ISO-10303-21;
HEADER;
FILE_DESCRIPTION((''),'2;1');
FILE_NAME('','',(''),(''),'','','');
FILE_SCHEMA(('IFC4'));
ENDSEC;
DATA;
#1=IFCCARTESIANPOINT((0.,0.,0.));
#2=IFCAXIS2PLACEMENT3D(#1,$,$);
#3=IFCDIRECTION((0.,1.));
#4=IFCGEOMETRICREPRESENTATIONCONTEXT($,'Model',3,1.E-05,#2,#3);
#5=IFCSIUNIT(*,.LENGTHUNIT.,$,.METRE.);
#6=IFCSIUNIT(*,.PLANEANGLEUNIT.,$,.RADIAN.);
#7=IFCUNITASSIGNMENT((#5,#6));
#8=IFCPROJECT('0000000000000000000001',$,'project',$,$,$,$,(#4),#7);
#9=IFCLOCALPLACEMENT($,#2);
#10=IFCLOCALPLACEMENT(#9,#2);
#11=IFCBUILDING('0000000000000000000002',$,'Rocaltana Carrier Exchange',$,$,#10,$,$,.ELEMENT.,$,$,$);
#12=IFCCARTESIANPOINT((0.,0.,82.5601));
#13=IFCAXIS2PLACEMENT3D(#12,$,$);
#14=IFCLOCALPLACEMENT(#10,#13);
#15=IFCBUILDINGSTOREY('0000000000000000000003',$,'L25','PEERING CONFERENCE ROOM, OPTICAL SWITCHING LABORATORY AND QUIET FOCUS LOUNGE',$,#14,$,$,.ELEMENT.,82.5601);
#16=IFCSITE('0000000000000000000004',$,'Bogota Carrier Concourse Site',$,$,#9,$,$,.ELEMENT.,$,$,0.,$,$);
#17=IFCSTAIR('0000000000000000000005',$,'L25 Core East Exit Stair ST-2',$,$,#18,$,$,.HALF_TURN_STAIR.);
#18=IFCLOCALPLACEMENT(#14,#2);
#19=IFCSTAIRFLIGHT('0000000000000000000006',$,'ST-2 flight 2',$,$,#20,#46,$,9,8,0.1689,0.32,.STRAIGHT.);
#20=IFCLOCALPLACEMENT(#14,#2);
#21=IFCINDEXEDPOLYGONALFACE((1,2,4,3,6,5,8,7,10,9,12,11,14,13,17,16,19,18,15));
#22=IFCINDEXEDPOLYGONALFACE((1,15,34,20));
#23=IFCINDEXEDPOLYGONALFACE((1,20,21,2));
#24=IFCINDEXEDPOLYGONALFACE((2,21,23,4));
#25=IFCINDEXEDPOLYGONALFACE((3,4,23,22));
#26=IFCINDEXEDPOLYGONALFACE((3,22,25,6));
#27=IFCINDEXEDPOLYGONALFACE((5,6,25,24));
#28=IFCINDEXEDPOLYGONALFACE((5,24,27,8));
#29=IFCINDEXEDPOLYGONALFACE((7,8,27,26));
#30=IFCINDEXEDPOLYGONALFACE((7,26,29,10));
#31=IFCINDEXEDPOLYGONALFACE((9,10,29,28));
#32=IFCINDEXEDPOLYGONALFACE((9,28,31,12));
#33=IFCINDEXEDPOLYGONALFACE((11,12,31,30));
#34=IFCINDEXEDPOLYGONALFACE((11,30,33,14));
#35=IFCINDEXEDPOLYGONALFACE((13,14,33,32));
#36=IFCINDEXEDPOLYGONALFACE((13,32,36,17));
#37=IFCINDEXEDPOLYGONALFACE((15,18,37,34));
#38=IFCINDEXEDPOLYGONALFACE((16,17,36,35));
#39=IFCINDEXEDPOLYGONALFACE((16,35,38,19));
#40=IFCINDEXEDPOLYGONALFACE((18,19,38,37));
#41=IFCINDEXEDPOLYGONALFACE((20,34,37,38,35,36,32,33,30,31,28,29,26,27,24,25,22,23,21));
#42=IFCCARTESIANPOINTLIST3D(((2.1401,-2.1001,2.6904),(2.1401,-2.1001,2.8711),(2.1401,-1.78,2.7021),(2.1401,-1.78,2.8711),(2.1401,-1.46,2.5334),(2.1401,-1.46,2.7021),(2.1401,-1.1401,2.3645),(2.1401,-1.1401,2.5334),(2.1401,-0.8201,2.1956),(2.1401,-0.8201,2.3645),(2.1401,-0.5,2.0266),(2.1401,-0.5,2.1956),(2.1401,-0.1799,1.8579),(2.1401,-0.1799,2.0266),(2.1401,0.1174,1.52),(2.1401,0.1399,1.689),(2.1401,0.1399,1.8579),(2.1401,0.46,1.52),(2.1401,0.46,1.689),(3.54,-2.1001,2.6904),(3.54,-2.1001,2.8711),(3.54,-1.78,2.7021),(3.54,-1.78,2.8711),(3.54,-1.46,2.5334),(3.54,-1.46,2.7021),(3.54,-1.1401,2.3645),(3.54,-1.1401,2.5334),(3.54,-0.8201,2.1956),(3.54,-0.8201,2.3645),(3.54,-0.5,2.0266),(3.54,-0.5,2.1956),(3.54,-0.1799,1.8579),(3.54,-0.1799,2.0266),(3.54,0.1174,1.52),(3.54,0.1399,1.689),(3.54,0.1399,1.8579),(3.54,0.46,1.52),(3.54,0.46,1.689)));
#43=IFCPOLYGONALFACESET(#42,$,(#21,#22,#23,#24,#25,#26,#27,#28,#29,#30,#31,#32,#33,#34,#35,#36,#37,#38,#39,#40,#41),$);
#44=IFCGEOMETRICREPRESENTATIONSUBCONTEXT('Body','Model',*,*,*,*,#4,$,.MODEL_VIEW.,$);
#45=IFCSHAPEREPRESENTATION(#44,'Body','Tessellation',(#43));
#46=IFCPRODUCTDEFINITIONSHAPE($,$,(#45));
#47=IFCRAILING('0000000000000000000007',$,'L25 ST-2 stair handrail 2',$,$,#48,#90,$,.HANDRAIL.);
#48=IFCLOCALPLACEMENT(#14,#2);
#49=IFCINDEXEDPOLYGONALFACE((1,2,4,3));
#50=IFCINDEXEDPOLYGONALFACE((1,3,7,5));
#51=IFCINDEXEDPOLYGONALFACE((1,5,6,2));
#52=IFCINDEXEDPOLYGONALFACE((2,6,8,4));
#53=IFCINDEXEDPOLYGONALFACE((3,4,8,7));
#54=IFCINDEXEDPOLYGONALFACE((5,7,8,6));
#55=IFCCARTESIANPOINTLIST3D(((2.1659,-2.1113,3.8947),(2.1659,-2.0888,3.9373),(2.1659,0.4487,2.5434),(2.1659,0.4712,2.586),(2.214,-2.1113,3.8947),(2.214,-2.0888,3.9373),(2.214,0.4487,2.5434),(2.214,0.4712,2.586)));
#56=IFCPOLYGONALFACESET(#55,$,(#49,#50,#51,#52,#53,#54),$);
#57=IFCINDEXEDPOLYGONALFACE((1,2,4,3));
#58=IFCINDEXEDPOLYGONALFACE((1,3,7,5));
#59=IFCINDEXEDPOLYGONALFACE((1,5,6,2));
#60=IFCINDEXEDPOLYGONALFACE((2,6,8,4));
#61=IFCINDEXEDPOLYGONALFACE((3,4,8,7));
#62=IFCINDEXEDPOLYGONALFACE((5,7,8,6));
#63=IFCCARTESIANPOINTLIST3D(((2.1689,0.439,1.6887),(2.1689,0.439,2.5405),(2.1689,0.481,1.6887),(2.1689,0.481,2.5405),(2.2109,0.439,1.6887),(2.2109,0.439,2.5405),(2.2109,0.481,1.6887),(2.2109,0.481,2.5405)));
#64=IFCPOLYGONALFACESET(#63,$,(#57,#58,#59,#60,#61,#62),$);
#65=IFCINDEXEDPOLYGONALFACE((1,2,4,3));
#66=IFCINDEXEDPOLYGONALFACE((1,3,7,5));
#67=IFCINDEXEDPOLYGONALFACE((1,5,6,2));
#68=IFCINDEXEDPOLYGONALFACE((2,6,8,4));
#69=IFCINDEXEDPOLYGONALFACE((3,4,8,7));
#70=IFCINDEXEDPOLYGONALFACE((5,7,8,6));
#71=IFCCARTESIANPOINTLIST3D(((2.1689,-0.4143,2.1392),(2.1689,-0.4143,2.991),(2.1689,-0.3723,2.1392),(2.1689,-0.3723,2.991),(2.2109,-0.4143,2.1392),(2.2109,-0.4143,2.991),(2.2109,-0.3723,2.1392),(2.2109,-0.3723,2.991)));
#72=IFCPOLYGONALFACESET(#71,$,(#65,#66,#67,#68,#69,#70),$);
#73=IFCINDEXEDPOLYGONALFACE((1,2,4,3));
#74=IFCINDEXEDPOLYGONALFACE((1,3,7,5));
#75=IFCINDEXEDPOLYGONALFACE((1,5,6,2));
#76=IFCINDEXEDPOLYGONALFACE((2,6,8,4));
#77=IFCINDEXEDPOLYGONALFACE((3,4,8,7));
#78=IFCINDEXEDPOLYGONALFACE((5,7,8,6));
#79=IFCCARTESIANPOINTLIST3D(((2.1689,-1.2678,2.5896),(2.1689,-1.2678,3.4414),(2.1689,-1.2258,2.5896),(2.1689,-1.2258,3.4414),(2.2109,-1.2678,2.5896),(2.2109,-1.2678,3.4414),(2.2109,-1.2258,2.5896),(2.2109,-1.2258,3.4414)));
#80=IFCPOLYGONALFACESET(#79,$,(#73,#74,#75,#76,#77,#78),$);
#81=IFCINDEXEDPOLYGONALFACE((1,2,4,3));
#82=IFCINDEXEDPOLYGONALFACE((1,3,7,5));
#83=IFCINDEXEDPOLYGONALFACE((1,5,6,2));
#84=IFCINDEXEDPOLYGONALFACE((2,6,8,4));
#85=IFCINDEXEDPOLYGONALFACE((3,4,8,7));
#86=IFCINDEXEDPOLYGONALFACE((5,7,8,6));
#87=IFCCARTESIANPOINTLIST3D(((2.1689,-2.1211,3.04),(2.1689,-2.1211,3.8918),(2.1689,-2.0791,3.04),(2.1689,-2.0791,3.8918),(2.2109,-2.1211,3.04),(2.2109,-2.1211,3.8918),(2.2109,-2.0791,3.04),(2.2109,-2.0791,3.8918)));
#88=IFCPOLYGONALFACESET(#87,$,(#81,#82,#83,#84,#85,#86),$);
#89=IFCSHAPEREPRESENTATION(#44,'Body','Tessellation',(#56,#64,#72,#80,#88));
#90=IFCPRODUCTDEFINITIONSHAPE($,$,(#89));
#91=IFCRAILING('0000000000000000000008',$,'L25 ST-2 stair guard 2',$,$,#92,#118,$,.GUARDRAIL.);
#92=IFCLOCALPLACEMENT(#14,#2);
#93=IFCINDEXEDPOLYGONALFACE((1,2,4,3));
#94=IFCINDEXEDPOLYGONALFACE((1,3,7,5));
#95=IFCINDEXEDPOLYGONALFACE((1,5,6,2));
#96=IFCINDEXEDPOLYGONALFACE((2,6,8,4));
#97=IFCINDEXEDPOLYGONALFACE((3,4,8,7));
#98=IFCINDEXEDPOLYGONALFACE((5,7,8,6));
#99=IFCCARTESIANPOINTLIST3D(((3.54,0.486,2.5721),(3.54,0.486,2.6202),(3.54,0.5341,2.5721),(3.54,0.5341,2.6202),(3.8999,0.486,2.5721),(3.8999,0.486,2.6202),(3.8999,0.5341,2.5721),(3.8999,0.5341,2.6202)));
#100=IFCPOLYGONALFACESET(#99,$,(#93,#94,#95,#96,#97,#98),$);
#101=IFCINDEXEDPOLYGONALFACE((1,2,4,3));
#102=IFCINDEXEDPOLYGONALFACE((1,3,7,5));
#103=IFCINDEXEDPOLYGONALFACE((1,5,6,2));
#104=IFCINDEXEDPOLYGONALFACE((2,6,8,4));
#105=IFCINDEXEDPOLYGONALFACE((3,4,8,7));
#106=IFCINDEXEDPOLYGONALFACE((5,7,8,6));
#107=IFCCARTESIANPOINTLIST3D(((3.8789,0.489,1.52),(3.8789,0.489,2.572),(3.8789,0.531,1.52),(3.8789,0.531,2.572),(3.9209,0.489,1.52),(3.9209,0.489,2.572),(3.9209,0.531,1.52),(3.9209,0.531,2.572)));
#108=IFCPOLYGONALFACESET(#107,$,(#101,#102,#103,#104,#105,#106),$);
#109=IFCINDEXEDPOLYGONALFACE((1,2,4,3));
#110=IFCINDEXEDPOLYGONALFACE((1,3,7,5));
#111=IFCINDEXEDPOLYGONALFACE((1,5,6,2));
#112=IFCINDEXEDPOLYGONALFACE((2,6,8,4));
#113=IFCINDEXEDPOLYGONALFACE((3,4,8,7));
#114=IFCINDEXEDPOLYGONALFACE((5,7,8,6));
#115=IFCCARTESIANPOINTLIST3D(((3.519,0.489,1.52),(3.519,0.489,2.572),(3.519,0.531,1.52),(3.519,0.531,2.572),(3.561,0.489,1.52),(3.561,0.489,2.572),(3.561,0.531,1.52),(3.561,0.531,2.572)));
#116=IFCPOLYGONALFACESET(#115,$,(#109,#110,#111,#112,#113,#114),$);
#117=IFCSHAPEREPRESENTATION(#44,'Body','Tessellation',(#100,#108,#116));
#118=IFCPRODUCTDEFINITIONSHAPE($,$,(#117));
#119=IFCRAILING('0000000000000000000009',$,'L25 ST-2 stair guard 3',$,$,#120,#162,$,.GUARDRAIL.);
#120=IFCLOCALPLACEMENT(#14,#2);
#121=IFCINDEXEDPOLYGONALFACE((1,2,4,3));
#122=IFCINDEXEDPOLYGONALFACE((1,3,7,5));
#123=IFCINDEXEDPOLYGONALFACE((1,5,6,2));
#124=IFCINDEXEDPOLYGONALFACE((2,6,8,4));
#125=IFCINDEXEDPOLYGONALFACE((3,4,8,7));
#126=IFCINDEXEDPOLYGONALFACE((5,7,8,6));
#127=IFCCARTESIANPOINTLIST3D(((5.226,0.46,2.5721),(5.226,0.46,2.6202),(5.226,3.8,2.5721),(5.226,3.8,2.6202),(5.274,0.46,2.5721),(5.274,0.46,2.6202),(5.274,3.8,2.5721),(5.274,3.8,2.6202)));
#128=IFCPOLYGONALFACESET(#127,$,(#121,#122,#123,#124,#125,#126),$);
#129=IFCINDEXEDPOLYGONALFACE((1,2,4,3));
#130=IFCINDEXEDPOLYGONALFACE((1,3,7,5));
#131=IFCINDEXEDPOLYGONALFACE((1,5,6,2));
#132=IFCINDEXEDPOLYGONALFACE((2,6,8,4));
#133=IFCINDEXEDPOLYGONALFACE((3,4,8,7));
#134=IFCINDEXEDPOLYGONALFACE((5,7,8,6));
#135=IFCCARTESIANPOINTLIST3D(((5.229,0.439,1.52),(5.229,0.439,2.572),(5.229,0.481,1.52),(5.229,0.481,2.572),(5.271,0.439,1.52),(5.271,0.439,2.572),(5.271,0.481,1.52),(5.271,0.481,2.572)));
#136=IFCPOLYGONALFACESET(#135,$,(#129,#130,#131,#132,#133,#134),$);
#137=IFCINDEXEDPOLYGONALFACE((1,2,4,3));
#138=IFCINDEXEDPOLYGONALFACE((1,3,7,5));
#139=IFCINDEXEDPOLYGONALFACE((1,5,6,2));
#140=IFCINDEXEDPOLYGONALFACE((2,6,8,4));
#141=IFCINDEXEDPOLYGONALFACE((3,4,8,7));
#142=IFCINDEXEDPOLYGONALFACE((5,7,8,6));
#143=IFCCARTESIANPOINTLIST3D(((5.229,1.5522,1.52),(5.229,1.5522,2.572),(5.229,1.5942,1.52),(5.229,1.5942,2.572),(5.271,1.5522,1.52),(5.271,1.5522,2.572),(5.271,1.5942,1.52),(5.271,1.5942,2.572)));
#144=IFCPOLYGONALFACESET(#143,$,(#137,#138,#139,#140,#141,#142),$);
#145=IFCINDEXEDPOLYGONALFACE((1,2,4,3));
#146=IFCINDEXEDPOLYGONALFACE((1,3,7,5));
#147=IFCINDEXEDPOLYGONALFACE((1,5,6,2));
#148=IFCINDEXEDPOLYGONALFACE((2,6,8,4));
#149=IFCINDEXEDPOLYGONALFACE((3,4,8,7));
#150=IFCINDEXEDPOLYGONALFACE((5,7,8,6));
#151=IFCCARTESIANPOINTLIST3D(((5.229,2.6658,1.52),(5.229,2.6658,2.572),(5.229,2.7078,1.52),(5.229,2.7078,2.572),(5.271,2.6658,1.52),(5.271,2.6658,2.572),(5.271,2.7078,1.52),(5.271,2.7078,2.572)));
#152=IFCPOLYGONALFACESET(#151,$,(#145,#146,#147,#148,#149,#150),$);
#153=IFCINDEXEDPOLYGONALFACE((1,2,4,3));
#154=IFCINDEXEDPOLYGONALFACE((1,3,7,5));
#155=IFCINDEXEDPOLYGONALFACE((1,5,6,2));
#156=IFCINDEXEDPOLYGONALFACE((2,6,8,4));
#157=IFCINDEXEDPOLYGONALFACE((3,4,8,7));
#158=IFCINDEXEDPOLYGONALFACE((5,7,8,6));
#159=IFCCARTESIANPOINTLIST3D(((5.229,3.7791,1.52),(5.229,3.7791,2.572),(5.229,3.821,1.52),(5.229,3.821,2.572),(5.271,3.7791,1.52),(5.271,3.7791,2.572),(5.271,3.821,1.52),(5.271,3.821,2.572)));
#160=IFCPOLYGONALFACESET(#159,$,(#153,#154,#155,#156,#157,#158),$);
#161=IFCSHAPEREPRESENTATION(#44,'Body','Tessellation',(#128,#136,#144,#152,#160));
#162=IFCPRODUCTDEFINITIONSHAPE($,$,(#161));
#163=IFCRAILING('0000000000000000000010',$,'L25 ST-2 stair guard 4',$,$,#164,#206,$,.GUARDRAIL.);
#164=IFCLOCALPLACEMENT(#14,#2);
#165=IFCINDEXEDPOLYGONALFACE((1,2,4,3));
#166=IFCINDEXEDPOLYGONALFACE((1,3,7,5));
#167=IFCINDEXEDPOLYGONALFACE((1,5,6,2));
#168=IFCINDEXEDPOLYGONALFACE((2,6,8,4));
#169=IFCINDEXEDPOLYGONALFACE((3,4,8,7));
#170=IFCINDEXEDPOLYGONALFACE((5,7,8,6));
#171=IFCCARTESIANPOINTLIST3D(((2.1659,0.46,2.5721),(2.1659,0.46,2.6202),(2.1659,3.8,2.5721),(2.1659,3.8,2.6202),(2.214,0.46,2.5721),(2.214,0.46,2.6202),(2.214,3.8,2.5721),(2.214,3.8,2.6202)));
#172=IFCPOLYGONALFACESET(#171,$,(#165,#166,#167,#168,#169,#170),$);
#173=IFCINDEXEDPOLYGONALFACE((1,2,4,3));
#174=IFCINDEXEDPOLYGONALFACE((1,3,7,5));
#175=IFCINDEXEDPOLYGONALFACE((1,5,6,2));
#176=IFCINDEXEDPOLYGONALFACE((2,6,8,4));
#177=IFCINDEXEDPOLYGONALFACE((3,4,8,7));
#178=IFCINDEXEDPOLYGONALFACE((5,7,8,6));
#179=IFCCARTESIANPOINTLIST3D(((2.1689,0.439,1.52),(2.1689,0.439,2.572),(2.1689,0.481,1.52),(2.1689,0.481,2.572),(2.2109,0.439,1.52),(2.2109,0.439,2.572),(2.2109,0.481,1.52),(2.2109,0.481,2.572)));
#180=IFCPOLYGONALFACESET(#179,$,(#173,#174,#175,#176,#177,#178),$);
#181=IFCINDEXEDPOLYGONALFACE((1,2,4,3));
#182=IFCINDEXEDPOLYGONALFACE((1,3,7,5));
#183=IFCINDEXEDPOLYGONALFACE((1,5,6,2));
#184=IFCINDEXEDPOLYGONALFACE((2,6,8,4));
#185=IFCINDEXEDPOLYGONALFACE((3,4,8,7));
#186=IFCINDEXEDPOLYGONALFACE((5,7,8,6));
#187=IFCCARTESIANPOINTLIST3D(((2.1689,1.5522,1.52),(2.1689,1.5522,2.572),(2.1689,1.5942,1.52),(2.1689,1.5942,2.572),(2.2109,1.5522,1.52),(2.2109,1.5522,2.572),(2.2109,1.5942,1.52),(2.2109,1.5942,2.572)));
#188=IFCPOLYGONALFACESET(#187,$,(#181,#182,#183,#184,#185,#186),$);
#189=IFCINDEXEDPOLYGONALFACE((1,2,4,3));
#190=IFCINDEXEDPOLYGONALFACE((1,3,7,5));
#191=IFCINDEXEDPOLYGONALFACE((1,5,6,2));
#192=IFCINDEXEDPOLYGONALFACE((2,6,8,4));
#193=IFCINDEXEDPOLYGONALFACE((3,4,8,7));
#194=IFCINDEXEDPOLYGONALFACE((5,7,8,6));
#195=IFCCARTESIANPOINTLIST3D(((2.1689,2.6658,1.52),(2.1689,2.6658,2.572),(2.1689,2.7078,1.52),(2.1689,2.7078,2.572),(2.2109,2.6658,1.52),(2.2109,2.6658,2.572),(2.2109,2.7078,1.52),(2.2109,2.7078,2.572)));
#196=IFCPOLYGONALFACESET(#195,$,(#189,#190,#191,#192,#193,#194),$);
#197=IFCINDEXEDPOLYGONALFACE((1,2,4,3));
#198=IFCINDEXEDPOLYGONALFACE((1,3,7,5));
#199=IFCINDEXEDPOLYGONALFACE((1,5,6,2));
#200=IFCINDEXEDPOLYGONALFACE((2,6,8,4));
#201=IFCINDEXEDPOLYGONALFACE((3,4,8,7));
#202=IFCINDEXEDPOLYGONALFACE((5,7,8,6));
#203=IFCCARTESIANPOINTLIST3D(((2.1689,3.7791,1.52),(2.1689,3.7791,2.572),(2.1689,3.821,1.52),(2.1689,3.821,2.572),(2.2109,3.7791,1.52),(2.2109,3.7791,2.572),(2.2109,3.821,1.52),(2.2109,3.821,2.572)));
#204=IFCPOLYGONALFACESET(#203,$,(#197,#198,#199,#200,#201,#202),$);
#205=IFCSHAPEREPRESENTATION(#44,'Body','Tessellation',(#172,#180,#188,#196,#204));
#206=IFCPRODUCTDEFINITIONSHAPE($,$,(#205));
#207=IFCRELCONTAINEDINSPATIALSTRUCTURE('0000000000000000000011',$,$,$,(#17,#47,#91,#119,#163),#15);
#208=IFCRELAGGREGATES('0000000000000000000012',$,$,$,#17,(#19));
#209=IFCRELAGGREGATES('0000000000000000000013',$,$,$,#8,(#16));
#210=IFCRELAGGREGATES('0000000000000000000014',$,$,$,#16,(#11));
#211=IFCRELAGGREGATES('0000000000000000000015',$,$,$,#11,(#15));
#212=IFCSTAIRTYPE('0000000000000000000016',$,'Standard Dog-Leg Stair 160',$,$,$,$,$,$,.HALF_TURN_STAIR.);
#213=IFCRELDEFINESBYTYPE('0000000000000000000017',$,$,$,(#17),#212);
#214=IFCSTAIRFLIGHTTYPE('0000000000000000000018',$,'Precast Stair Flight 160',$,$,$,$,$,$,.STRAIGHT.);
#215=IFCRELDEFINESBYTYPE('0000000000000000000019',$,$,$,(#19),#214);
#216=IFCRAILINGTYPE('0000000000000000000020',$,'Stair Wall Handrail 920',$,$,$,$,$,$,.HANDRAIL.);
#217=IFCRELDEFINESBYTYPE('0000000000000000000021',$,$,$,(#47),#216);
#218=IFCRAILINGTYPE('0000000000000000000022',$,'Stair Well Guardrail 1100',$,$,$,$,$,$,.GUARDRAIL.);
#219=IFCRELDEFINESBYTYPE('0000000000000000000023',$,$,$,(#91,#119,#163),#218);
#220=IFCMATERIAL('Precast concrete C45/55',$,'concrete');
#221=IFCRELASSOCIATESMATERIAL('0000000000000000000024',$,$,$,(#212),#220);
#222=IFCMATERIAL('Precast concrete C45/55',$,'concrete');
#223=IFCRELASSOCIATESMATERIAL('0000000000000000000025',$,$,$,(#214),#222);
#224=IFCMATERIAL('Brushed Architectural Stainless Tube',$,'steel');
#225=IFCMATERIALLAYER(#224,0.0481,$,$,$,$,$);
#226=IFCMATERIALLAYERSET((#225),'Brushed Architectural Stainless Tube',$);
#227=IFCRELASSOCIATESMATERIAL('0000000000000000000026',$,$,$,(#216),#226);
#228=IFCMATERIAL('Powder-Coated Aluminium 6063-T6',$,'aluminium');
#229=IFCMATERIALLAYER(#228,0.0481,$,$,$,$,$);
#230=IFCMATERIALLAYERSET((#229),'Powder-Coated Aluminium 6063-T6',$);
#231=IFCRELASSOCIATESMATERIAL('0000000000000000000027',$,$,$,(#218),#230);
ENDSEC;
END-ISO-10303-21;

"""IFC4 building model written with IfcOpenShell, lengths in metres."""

from ifc_helpers import new_model, si_unit, direction, frame, origin, origin_2d, place, context, subcontext, project, spatial, polyline, rectangle, outline, extrude, material, layer, layer_set, type_object, element, aggregate, save


model = new_model("IFC4")

# Units and contexts
model_context = context("Model", 3, precision=1e-05, world=origin(), true_north=direction((0.0, 1.0)))
body_context = subcontext(model_context, "Body", "Model", "MODEL_VIEW")
ifc_project = project(units=[si_unit("LENGTHUNIT", "METRE"), si_unit("PLANEANGLEUNIT", "RADIAN")], contexts=[model_context])

# Site, building, storey
site_placement = place(None, origin())
site = spatial("IfcSite", under=ifc_project, at=site_placement, Name="Bogota Carrier Concourse Site", CompositionType="ELEMENT", RefElevation=0.0)
building_placement = place(site_placement, origin())
building = spatial("IfcBuilding", under=site, at=building_placement, Name="Rocaltana Carrier Exchange", CompositionType="ELEMENT")
storey_placement = place(building_placement, frame((0.0, 0.0, 82.5601)))
storey = spatial("IfcBuildingStorey", under=building, at=storey_placement, Name="L25", Description="PEERING CONFERENCE ROOM, OPTICAL SWITCHING LABORATORY AND QUIET FOCUS LOUNGE", CompositionType="ELEMENT", Elevation=82.5601)

# Stair, stair flight
ifc_material_1 = material(Name="Precast concrete C45/55", Category="concrete")
stair_type = type_object("IfcStairType", Name="Standard Dog-Leg Stair 160", PredefinedType="HALF_TURN_STAIR", material=ifc_material_1)
stair_placement = place(storey_placement, origin())
stair = element("IfcStair", 1, at=stair_placement, inside=storey, type_object=stair_type, Name="L25 Core East Exit Stair ST-2", PredefinedType="HALF_TURN_STAIR")
ifc_material_2 = material(Name="Precast concrete C45/55", Category="concrete")
stair_flight_type = type_object("IfcStairFlightType", Name="Precast Stair Flight 160", PredefinedType="STRAIGHT", material=ifc_material_2)
stair_flight_placement = place(storey_placement, frame((2.8401, 0.46, 1.52), z_axis=(0.0, 0.0, 1.0), x_axis=(0.0, -1.0, 0.0)))
stair_flight = element("IfcStairFlight", 2, at=stair_flight_placement, type_object=stair_flight_type, Name="ST-2 flight 2", NumberOfRisers=9, NumberOfTreads=8, PredefinedType="STRAIGHT", RiserHeight=0.1689, TreadLength=0.32, context=body_context, shape_type="SweptSolid", body=[
    extrude(outline(polyline([(0.0, 0.0), (0.0, 0.1689), (0.3201, 0.1689), (0.3201, 0.3379), (0.6399, 0.3379), (0.6399, 0.5066), (0.96, 0.5066), (0.96, 0.6755), (1.28, 0.6755), (1.28, 0.8445), (1.6001, 0.8445), (1.6001, 1.0134), (1.9199, 1.0134), (1.9199, 1.1821), (2.24, 1.1821), (2.24, 1.3511), (2.5601, 1.3511), (2.5601, 1.52), (2.5601, 1.1704), (0.3425, 0.0), (0.0, 0.0)])), frame((0.0, 0.7, 0.0), z_axis=(0.0, -1.0, 0.0), x_axis=(1.0, 0.0, 0.0)), (0.0, 0.0, 1.0), 1.3999),
])
aggregate(stair, [stair_flight])

# Railings
ifc_material_3 = material(Name="Brushed Architectural Stainless Tube", Category="steel")
ifc_layer_1 = layer(ifc_material_3, 0.0481)
ifc_layer_set_1 = layer_set([ifc_layer_1], Name="Brushed Architectural Stainless Tube")
railing_type_1 = type_object("IfcRailingType", Name="Stair Wall Handrail 920", PredefinedType="HANDRAIL", material=ifc_layer_set_1)
railing_1_placement = place(storey_placement, frame((2.1899, 0.46, 1.6887)))
element("IfcRailing", 3, at=railing_1_placement, inside=storey, type_object=railing_type_1, Name="L25 ST-2 stair handrail 2", PredefinedType="HANDRAIL", context=body_context, shape_type="SweptSolid", body=[
    extrude(rectangle(XDim=0.0481, YDim=0.0481, at=origin_2d()), frame((0.0, 0.0, 0.876), z_axis=(0.0, -0.88436, 0.466806), x_axis=(1.0, 0.0, 0.0)), (0.0, 0.0, 1.0), 2.8948),
    extrude(rectangle(XDim=0.042, YDim=0.042, at=origin_2d()), origin(), (0.0, 0.0, 1.0), 0.8518),
    extrude(rectangle(XDim=0.042, YDim=0.042, at=origin_2d()), frame((0.0, -0.8533, 0.4504)), (0.0, 0.0, 1.0), 0.8518),
    extrude(rectangle(XDim=0.042, YDim=0.042, at=origin_2d()), frame((0.0, -1.7068, 0.9009)), (0.0, 0.0, 1.0), 0.8518),
    extrude(rectangle(XDim=0.042, YDim=0.042, at=origin_2d()), frame((0.0, -2.5601, 1.3513)), (0.0, 0.0, 1.0), 0.8518),
])
ifc_material_4 = material(Name="Powder-Coated Aluminium 6063-T6", Category="aluminium")
ifc_layer_2 = layer(ifc_material_4, 0.0481)
ifc_layer_set_2 = layer_set([ifc_layer_2], Name="Powder-Coated Aluminium 6063-T6")
railing_type_2 = type_object("IfcRailingType", Name="Stair Well Guardrail 1100", PredefinedType="GUARDRAIL", material=ifc_layer_set_2)
railing_2_placement = place(storey_placement, frame((3.8999, 0.51, 1.52)))
element("IfcRailing", 4, at=railing_2_placement, inside=storey, type_object=railing_type_2, Name="L25 ST-2 stair guard 2", PredefinedType="GUARDRAIL", context=body_context, shape_type="SweptSolid", body=[
    extrude(rectangle(XDim=0.0481, YDim=0.0481, at=origin_2d()), frame((0.0, 0.0, 1.0762), z_axis=(-1.0, 0.0, 0.0), x_axis=(0.0, -1.0, 0.0)), (0.0, 0.0, 1.0), 0.3599),
    extrude(rectangle(XDim=0.042, YDim=0.042, at=origin_2d()), origin(), (0.0, 0.0, 1.0), 1.052),
    extrude(rectangle(XDim=0.042, YDim=0.042, at=origin_2d()), frame((-0.3599, 0.0, 0.0)), (0.0, 0.0, 1.0), 1.052),
])
for number, where, name in (
    (5, (5.25, 0.46, 1.52), "L25 ST-2 stair guard 3"),
    (6, (2.1899, 0.46, 1.52), "L25 ST-2 stair guard 4"),
):
    element("IfcRailing", number, at=place(storey_placement, frame(where)), inside=storey, type_object=railing_type_2, Name=name, PredefinedType="GUARDRAIL", context=body_context, shape_type="SweptSolid", body=[
        extrude(rectangle(XDim=0.0481, YDim=0.0481, at=origin_2d()), frame((0.0, 0.0, 1.0762), z_axis=(0.0, 1.0, 0.0), x_axis=(-1.0, 0.0, 0.0)), (0.0, 0.0, 1.0), 3.3401),
        extrude(rectangle(XDim=0.042, YDim=0.042, at=origin_2d()), origin(), (0.0, 0.0, 1.0), 1.052),
        extrude(rectangle(XDim=0.042, YDim=0.042, at=origin_2d()), frame((0.0, 1.1133, 0.0)), (0.0, 0.0, 1.0), 1.052),
        extrude(rectangle(XDim=0.042, YDim=0.042, at=origin_2d()), frame((0.0, 2.2268, 0.0)), (0.0, 0.0, 1.0), 1.052),
        extrude(rectangle(XDim=0.042, YDim=0.042, at=origin_2d()), frame((0.0, 3.3401, 0.0)), (0.0, 0.0, 1.0), 1.052),
    ])

save(model, "model.ifc")
